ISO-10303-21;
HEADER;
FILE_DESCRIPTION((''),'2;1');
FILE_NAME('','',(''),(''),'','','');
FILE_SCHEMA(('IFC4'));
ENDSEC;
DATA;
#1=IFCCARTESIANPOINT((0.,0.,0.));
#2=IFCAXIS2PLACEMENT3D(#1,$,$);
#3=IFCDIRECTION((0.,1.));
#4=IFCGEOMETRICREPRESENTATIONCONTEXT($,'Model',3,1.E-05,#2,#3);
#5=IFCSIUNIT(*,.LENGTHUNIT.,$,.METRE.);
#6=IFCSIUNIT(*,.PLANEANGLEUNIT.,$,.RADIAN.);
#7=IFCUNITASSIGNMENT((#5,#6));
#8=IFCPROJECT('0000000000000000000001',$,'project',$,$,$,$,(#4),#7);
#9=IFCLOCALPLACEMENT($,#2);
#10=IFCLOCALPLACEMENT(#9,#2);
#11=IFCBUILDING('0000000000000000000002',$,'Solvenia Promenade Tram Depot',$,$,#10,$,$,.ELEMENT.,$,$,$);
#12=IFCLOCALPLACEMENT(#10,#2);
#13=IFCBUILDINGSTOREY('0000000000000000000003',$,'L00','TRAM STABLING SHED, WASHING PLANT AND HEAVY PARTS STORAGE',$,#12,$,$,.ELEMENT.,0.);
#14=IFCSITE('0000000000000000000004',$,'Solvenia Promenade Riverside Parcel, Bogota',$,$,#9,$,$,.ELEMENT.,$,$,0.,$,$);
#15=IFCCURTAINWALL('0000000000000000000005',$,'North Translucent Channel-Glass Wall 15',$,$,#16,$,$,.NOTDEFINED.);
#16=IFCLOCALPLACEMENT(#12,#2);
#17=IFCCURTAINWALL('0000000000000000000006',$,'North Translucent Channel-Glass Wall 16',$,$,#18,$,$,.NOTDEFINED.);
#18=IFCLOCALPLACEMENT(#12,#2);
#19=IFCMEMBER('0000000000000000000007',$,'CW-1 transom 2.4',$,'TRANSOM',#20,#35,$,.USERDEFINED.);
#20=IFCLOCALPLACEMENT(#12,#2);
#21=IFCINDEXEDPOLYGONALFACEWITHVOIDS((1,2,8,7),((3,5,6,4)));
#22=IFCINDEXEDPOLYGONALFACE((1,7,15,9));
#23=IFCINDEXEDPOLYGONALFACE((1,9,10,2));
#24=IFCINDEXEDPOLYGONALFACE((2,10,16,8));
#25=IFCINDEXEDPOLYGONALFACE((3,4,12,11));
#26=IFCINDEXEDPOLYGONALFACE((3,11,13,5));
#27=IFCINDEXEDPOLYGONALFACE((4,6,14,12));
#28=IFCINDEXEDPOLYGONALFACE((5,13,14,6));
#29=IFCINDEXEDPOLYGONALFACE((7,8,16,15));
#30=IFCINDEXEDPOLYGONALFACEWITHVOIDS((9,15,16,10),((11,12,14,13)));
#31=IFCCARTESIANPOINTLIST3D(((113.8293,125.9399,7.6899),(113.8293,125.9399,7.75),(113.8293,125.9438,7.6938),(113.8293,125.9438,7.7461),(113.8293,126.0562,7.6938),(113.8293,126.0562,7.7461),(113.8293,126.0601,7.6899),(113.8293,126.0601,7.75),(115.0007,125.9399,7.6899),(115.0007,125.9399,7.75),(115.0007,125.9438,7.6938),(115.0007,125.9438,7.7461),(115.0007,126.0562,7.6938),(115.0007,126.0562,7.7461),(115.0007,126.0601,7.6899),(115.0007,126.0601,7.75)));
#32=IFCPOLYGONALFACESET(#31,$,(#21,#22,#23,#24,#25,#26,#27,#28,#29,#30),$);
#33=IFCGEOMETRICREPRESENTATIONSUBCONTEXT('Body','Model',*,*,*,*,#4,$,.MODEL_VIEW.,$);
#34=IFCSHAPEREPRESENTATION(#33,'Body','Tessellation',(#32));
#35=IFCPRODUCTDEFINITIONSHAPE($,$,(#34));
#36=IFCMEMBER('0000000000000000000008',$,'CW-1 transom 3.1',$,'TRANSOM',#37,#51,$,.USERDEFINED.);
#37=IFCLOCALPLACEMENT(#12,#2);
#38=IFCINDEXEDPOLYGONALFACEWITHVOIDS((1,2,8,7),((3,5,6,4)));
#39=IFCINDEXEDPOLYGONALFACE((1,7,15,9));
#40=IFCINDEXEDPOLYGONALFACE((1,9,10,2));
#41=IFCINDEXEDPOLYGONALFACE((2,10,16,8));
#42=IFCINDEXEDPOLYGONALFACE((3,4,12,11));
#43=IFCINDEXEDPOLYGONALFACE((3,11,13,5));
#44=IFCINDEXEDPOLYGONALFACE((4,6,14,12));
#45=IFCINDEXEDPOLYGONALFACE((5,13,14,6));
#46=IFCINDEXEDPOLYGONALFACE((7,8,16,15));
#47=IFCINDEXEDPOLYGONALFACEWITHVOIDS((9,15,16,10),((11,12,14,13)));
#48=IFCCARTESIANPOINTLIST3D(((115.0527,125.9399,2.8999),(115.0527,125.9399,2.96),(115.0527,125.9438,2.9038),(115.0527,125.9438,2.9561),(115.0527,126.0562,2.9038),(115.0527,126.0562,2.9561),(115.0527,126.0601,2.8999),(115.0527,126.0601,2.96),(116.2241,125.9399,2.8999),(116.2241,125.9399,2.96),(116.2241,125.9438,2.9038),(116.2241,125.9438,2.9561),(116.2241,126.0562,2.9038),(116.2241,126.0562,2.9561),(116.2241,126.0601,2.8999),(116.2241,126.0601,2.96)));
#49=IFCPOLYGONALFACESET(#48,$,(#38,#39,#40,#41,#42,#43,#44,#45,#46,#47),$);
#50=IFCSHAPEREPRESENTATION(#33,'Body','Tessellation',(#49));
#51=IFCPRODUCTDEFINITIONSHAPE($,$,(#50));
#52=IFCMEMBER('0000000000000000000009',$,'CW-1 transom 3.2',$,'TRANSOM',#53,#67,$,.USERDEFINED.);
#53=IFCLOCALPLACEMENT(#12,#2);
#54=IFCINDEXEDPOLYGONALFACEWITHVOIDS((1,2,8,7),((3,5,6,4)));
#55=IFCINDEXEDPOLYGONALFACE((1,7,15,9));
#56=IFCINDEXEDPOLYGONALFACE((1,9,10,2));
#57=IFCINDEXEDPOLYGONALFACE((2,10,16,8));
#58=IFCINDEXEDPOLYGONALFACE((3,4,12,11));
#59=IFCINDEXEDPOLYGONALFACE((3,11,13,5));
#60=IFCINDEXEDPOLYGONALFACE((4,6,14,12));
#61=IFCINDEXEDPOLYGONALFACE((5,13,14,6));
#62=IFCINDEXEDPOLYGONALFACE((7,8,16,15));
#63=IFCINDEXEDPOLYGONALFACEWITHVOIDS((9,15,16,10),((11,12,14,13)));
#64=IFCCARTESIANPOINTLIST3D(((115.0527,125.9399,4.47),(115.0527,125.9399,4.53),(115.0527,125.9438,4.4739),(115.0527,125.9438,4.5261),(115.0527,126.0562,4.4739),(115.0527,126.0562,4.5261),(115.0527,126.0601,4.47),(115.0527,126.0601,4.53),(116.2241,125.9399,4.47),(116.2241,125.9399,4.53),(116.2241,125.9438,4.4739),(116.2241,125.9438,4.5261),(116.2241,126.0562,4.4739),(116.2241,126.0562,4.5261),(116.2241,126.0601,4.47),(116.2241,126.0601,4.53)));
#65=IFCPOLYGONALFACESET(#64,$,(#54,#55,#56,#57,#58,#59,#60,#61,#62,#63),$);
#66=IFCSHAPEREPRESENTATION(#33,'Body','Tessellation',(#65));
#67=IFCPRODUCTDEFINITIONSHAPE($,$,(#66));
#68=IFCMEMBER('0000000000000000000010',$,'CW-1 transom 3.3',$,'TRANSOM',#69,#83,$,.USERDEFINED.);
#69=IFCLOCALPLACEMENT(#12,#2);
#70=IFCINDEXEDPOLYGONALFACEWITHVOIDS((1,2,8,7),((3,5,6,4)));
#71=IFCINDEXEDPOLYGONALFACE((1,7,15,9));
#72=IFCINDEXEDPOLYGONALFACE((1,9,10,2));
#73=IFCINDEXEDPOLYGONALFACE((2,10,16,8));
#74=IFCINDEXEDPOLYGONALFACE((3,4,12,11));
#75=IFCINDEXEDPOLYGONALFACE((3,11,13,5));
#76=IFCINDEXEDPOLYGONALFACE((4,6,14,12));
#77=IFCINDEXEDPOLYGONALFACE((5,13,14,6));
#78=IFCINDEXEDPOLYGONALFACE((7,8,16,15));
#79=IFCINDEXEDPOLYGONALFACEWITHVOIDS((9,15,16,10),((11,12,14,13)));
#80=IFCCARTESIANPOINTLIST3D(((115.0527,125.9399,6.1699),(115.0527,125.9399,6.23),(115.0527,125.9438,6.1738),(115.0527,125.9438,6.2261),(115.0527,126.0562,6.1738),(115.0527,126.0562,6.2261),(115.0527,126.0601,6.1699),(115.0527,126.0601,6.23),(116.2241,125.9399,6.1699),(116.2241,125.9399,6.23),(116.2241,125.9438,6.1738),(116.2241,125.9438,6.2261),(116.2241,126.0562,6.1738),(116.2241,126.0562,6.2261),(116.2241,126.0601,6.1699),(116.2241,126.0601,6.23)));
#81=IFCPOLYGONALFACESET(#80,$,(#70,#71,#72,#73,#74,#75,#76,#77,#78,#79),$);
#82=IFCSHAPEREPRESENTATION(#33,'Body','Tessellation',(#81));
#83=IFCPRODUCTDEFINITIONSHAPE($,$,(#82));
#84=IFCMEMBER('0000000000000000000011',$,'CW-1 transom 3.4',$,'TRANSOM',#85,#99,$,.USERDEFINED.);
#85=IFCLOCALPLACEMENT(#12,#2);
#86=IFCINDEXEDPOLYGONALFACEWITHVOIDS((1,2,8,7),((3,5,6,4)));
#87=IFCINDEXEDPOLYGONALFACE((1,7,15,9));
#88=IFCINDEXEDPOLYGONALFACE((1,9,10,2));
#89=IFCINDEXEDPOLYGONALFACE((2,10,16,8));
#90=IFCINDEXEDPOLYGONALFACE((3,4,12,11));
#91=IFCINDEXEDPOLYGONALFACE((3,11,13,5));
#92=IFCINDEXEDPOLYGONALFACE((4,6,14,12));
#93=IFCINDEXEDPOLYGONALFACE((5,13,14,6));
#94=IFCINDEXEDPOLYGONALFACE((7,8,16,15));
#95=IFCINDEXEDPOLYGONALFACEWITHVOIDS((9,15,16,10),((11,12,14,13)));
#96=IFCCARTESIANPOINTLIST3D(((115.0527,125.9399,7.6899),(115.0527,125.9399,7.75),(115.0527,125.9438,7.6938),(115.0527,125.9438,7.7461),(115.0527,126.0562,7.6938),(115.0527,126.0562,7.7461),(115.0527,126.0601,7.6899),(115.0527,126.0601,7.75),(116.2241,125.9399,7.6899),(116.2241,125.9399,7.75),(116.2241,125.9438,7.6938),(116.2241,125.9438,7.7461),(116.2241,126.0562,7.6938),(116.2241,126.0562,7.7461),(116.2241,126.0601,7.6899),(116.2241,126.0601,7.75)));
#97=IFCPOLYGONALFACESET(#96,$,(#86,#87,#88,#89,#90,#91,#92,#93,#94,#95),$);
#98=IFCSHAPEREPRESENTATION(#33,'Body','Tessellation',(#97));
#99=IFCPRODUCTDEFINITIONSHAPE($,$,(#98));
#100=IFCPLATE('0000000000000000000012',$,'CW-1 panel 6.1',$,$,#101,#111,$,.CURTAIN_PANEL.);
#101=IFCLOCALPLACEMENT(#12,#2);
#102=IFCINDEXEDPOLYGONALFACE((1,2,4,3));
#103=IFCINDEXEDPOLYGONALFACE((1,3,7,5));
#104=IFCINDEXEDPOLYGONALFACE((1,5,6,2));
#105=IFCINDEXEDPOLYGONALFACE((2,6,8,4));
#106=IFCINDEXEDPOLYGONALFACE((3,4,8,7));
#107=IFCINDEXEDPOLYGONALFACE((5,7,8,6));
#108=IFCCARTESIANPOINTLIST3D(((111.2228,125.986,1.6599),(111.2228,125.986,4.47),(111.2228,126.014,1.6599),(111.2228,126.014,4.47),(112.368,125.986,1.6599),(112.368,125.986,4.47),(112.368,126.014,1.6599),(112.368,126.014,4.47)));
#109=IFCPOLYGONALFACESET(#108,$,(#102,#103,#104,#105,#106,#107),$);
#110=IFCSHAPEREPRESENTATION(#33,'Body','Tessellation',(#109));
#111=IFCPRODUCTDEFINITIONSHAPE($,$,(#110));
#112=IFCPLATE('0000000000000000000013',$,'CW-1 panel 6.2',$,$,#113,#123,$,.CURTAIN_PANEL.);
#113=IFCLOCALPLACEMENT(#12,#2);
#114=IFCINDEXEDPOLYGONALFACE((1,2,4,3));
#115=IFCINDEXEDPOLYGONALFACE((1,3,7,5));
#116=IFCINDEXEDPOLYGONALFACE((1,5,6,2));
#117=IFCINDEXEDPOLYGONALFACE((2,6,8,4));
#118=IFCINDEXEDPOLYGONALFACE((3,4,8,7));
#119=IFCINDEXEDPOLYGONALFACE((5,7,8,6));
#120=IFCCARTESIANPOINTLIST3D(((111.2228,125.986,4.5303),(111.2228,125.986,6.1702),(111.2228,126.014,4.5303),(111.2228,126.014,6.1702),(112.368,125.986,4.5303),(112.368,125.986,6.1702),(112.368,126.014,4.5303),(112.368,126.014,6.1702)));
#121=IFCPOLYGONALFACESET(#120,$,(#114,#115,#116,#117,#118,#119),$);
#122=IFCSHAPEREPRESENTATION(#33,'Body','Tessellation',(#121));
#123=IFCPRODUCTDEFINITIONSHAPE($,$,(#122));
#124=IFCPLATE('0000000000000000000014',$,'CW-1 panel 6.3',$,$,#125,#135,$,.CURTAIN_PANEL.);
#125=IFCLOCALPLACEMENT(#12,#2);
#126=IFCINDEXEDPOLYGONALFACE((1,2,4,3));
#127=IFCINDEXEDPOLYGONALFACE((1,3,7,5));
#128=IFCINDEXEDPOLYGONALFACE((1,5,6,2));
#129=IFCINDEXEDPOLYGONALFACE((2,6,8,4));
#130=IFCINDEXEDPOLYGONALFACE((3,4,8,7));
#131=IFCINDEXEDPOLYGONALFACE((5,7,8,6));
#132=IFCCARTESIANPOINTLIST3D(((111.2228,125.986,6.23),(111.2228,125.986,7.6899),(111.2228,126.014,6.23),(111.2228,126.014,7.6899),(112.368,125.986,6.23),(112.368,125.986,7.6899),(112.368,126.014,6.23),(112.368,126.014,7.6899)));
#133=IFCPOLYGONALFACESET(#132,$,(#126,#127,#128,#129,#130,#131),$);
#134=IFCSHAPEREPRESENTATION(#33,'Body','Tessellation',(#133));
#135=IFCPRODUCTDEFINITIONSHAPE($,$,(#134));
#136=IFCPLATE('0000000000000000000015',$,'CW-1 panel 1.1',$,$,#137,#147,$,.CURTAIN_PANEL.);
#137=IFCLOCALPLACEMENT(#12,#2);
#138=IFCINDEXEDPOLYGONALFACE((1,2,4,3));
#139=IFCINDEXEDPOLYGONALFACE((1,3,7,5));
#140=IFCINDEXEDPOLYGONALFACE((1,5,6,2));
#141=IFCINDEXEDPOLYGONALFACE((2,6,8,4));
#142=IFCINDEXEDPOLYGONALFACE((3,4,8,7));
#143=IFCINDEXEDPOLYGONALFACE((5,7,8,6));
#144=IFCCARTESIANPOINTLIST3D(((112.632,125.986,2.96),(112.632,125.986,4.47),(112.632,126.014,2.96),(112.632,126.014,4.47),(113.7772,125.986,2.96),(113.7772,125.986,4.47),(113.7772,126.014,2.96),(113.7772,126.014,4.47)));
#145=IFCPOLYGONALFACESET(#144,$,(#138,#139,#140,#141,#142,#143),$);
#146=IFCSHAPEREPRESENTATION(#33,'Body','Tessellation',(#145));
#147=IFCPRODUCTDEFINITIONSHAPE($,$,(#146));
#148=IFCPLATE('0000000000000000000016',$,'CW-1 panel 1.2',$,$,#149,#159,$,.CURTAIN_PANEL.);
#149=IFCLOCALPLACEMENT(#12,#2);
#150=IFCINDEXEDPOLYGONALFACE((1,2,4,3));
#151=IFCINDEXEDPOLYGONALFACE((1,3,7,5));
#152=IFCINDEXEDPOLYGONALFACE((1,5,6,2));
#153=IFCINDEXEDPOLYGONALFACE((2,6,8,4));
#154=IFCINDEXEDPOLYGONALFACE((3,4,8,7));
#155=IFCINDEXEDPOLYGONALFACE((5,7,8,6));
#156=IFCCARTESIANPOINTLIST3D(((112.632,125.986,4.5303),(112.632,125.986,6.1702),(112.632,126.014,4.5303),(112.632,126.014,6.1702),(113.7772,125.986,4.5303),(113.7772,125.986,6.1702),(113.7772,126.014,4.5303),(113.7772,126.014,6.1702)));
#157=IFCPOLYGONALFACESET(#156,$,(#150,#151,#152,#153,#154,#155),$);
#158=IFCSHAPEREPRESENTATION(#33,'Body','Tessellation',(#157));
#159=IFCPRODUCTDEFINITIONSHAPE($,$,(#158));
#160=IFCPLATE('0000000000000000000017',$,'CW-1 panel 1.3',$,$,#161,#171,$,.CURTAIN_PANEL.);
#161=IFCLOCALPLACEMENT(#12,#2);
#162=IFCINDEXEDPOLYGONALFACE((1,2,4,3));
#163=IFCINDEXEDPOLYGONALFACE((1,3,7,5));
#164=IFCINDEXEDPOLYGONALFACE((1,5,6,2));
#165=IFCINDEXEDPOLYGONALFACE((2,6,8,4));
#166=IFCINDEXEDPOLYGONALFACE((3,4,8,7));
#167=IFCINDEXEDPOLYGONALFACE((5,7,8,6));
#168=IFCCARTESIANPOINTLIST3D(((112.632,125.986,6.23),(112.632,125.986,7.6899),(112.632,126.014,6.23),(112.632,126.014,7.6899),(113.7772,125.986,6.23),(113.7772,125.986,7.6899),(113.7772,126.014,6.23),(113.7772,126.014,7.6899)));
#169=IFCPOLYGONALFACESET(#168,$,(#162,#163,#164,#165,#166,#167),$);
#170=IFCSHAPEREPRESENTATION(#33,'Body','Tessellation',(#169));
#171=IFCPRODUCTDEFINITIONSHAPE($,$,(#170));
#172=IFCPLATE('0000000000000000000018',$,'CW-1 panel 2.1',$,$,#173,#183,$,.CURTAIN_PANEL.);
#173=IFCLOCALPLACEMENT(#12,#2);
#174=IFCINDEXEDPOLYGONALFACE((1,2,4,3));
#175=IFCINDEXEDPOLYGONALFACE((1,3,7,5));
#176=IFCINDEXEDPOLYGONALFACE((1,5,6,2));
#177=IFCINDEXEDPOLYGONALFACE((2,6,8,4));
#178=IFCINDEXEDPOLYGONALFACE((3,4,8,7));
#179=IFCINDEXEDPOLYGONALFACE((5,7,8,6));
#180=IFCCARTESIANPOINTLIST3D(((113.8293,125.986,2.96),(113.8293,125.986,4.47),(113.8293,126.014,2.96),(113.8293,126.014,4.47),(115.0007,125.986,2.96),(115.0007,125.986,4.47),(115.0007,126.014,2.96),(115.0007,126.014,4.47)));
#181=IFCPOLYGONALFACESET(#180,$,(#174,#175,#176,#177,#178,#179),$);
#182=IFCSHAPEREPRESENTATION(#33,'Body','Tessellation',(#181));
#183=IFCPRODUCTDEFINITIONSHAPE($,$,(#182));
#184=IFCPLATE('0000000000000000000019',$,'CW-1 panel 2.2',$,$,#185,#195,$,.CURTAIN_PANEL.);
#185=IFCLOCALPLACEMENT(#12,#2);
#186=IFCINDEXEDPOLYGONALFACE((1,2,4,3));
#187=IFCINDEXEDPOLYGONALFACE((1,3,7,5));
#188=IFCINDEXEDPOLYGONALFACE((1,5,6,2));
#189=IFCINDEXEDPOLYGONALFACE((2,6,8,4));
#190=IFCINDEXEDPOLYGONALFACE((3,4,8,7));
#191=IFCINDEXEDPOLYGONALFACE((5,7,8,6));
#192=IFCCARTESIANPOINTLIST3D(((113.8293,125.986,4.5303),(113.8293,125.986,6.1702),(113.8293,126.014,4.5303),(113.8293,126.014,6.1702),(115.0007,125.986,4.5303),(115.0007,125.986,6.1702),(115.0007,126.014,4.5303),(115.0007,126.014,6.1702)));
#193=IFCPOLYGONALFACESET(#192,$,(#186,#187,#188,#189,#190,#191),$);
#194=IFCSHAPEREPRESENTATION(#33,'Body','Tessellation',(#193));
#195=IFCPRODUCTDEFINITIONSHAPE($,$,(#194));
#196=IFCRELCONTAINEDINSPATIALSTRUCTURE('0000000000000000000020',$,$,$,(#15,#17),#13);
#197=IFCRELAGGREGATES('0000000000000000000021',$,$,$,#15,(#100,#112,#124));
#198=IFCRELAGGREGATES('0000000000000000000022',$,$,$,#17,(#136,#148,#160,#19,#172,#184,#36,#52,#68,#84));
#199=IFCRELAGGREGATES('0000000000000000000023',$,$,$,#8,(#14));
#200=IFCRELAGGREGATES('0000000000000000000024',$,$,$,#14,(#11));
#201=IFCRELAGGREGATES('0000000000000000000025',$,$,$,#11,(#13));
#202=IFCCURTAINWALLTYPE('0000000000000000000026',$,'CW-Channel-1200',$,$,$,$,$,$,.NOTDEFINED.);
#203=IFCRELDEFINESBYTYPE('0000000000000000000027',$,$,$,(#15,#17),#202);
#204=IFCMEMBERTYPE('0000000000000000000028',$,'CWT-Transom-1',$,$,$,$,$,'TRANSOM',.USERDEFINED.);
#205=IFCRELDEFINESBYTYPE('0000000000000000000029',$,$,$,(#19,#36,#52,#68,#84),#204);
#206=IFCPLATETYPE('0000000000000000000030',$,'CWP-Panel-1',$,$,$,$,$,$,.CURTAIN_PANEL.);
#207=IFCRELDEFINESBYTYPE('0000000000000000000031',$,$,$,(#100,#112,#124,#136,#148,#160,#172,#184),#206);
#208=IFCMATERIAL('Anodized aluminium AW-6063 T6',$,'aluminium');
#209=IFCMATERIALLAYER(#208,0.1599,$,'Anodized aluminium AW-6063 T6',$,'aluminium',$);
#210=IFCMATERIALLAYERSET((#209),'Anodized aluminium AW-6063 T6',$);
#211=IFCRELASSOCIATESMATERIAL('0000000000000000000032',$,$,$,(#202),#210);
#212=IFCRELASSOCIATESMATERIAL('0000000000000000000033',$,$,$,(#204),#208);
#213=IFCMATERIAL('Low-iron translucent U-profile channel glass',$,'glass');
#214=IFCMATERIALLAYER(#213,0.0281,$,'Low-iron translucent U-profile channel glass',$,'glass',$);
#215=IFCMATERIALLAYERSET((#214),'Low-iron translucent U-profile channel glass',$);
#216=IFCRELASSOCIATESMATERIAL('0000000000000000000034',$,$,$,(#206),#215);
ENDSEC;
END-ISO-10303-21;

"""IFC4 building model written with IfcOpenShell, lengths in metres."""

from ifc_helpers import new_model, si_unit, direction, frame, origin, origin_2d, place, context, subcontext, project, spatial, rectangle, hollow_rectangle, extrude, material, layer, layer_set, material_profile, profile_set, type_object, element, aggregate, save


model = new_model("IFC4")

# Units and contexts
model_context = context("Model", 3, precision=1e-05, world=origin(), true_north=direction((0.0, 1.0)))
body_context = subcontext(model_context, "Body", "Model", "MODEL_VIEW")
ifc_project = project(units=[si_unit("LENGTHUNIT", "METRE"), si_unit("PLANEANGLEUNIT", "RADIAN")], contexts=[model_context])

# Site, building, storey
site_placement = place(None, origin())
site = spatial("IfcSite", under=ifc_project, at=site_placement, Name="Solvenia Promenade Riverside Parcel, Bogota", CompositionType="ELEMENT", RefElevation=0.0)
building_placement = place(site_placement, origin())
building = spatial("IfcBuilding", under=site, at=building_placement, Name="Solvenia Promenade Tram Depot", CompositionType="ELEMENT")
storey_placement = place(building_placement, origin())
storey = spatial("IfcBuildingStorey", under=building, at=storey_placement, Name="L00", Description="TRAM STABLING SHED, WASHING PLANT AND HEAVY PARTS STORAGE", CompositionType="ELEMENT", Elevation=0.0)

# Curtain wall
ifc_material_1 = material(Name="Anodized aluminium AW-6063 T6", Category="aluminium")
ifc_layer_1 = layer(ifc_material_1, 0.1599, Name="Anodized aluminium AW-6063 T6", Category="aluminium")
ifc_layer_set_1 = layer_set([ifc_layer_1], Name="Anodized aluminium AW-6063 T6")
curtain_wall_type = type_object("IfcCurtainWallType", Name="CW-Channel-1200", PredefinedType="NOTDEFINED", material=ifc_layer_set_1)
curtain_wall_1_placement = place(storey_placement, origin())
curtain_wall_1 = element("IfcCurtainWall", 1, at=curtain_wall_1_placement, inside=storey, type_object=curtain_wall_type, Name="North Translucent Channel-Glass Wall 15", PredefinedType="NOTDEFINED")

# Curtain wall
curtain_wall_2_placement = place(storey_placement, origin())
curtain_wall_2 = element("IfcCurtainWall", 2, at=curtain_wall_2_placement, inside=storey, type_object=curtain_wall_type, Name="North Translucent Channel-Glass Wall 16", PredefinedType="NOTDEFINED")

# Members
ifc_material_profile_1 = material_profile(ifc_material_1, hollow_rectangle(XDim=0.1201, YDim=0.0601, WallThickness=0.0039, at=origin_2d()), Name="ALU-T1", Category="aluminium")
ifc_profile_set_1 = profile_set([ifc_material_profile_1], Name="Anodized aluminium AW-6063 T6")
member_type_1 = type_object("IfcMemberType", Name="CWT-Transom-1", ElementType="TRANSOM", PredefinedType="USERDEFINED", material=ifc_profile_set_1)
member_1_placement = place(storey_placement, frame((113.8293, 126.0, 7.72), z_axis=(1.0, 0.0, 0.0), x_axis=(0.0, 1.0, 0.0)))
member_1 = element("IfcMember", 3, at=member_1_placement, type_object=member_type_1, Name="CW-1 transom 2.4", ObjectType="TRANSOM", PredefinedType="USERDEFINED", context=body_context, shape_type="SweptSolid", body=[
    extrude(hollow_rectangle(XDim=0.1201, YDim=0.0601, WallThickness=0.0039, at=origin_2d()), origin(), (0.0, 0.0, 1.0), 1.1714),
])
member_2_placement = place(storey_placement, frame((115.0527, 126.0, 2.9299), z_axis=(1.0, 0.0, 0.0), x_axis=(0.0, 1.0, 0.0)))
member_2 = element("IfcMember", 4, at=member_2_placement, type_object=member_type_1, Name="CW-1 transom 3.1", ObjectType="TRANSOM", PredefinedType="USERDEFINED", context=body_context, shape_type="SweptSolid", body=[
    extrude(hollow_rectangle(XDim=0.1201, YDim=0.0601, WallThickness=0.0039, at=origin_2d()), origin(), (0.0, 0.0, 1.0), 1.1714),
])
member_3_placement = place(storey_placement, frame((115.0527, 126.0, 4.5), z_axis=(1.0, 0.0, 0.0), x_axis=(0.0, 1.0, 0.0)))
member_3 = element("IfcMember", 5, at=member_3_placement, type_object=member_type_1, Name="CW-1 transom 3.2", ObjectType="TRANSOM", PredefinedType="USERDEFINED", context=body_context, shape_type="SweptSolid", body=[
    extrude(hollow_rectangle(XDim=0.1201, YDim=0.0601, WallThickness=0.0039, at=origin_2d()), origin(), (0.0, 0.0, 1.0), 1.1714),
])
member_4_placement = place(storey_placement, frame((115.0527, 126.0, 6.2), z_axis=(1.0, 0.0, 0.0), x_axis=(0.0, 1.0, 0.0)))
member_4 = element("IfcMember", 6, at=member_4_placement, type_object=member_type_1, Name="CW-1 transom 3.3", ObjectType="TRANSOM", PredefinedType="USERDEFINED", context=body_context, shape_type="SweptSolid", body=[
    extrude(hollow_rectangle(XDim=0.1201, YDim=0.0601, WallThickness=0.0039, at=origin_2d()), origin(), (0.0, 0.0, 1.0), 1.1714),
])
member_5_placement = place(storey_placement, frame((115.0527, 126.0, 7.72), z_axis=(1.0, 0.0, 0.0), x_axis=(0.0, 1.0, 0.0)))
member_5 = element("IfcMember", 7, at=member_5_placement, type_object=member_type_1, Name="CW-1 transom 3.4", ObjectType="TRANSOM", PredefinedType="USERDEFINED", context=body_context, shape_type="SweptSolid", body=[
    extrude(hollow_rectangle(XDim=0.1201, YDim=0.0601, WallThickness=0.0039, at=origin_2d()), origin(), (0.0, 0.0, 1.0), 1.1714),
])

# Plates
ifc_material_2 = material(Name="Low-iron translucent U-profile channel glass", Category="glass")
ifc_layer_2 = layer(ifc_material_2, 0.0281, Name="Low-iron translucent U-profile channel glass", Category="glass")
ifc_layer_set_2 = layer_set([ifc_layer_2], Name="Low-iron translucent U-profile channel glass")
plate_type = type_object("IfcPlateType", Name="CWP-Panel-1", PredefinedType="CURTAIN_PANEL", material=ifc_layer_set_2)
plate_1_placement = place(storey_placement, frame((111.7954, 126.0, 1.6599), z_axis=(0.0, 0.0, 1.0), x_axis=(1.0, 0.0, 0.0)))
plate_1 = element("IfcPlate", 8, at=plate_1_placement, type_object=plate_type, Name="CW-1 panel 6.1", PredefinedType="CURTAIN_PANEL", context=body_context, shape_type="SweptSolid", body=[
    extrude(rectangle(XDim=1.1453, YDim=0.0281, at=origin_2d()), origin(), (0.0, 0.0, 1.0), 2.8101),
])
plate_2_placement = place(storey_placement, frame((111.7954, 126.0, 4.5303), z_axis=(0.0, 0.0, 1.0), x_axis=(1.0, 0.0, 0.0)))
plate_2 = element("IfcPlate", 9, at=plate_2_placement, type_object=plate_type, Name="CW-1 panel 6.2", PredefinedType="CURTAIN_PANEL", context=body_context, shape_type="SweptSolid", body=[
    extrude(rectangle(XDim=1.1453, YDim=0.0281, at=origin_2d()), origin(), (0.0, 0.0, 1.0), 1.6399),
])
plate_3_placement = place(storey_placement, frame((111.7954, 126.0, 6.23), z_axis=(0.0, 0.0, 1.0), x_axis=(1.0, 0.0, 0.0)))
plate_3 = element("IfcPlate", 10, at=plate_3_placement, type_object=plate_type, Name="CW-1 panel 6.3", PredefinedType="CURTAIN_PANEL", context=body_context, shape_type="SweptSolid", body=[
    extrude(rectangle(XDim=1.1453, YDim=0.0281, at=origin_2d()), origin(), (0.0, 0.0, 1.0), 1.46),
])
aggregate(curtain_wall_1, [plate_1, plate_2, plate_3])
plate_4_placement = place(storey_placement, frame((113.2046, 126.0, 2.96), z_axis=(0.0, 0.0, 1.0), x_axis=(1.0, 0.0, 0.0)))
plate_4 = element("IfcPlate", 11, at=plate_4_placement, type_object=plate_type, Name="CW-1 panel 1.1", PredefinedType="CURTAIN_PANEL", context=body_context, shape_type="SweptSolid", body=[
    extrude(rectangle(XDim=1.1453, YDim=0.0281, at=origin_2d()), origin(), (0.0, 0.0, 1.0), 1.51),
])
plate_5_placement = place(storey_placement, frame((113.2046, 126.0, 4.5303), z_axis=(0.0, 0.0, 1.0), x_axis=(1.0, 0.0, 0.0)))
plate_5 = element("IfcPlate", 12, at=plate_5_placement, type_object=plate_type, Name="CW-1 panel 1.2", PredefinedType="CURTAIN_PANEL", context=body_context, shape_type="SweptSolid", body=[
    extrude(rectangle(XDim=1.1453, YDim=0.0281, at=origin_2d()), origin(), (0.0, 0.0, 1.0), 1.6399),
])
plate_6_placement = place(storey_placement, frame((113.2046, 126.0, 6.23), z_axis=(0.0, 0.0, 1.0), x_axis=(1.0, 0.0, 0.0)))
plate_6 = element("IfcPlate", 13, at=plate_6_placement, type_object=plate_type, Name="CW-1 panel 1.3", PredefinedType="CURTAIN_PANEL", context=body_context, shape_type="SweptSolid", body=[
    extrude(rectangle(XDim=1.1453, YDim=0.0281, at=origin_2d()), origin(), (0.0, 0.0, 1.0), 1.46),
])
plate_7_placement = place(storey_placement, frame((114.415, 126.0, 2.96), z_axis=(0.0, 0.0, 1.0), x_axis=(1.0, 0.0, 0.0)))
plate_7 = element("IfcPlate", 14, at=plate_7_placement, type_object=plate_type, Name="CW-1 panel 2.1", PredefinedType="CURTAIN_PANEL", context=body_context, shape_type="SweptSolid", body=[
    extrude(rectangle(XDim=1.1714, YDim=0.0281, at=origin_2d()), origin(), (0.0, 0.0, 1.0), 1.51),
])
plate_8_placement = place(storey_placement, frame((114.415, 126.0, 4.5303), z_axis=(0.0, 0.0, 1.0), x_axis=(1.0, 0.0, 0.0)))
plate_8 = element("IfcPlate", 15, at=plate_8_placement, type_object=plate_type, Name="CW-1 panel 2.2", PredefinedType="CURTAIN_PANEL", context=body_context, shape_type="SweptSolid", body=[
    extrude(rectangle(XDim=1.1714, YDim=0.0281, at=origin_2d()), origin(), (0.0, 0.0, 1.0), 1.6399),
])
aggregate(curtain_wall_2, [plate_4, plate_5, plate_6, member_1, plate_7, plate_8, member_2, member_3, member_4, member_5])

save(model, "model.ifc")
